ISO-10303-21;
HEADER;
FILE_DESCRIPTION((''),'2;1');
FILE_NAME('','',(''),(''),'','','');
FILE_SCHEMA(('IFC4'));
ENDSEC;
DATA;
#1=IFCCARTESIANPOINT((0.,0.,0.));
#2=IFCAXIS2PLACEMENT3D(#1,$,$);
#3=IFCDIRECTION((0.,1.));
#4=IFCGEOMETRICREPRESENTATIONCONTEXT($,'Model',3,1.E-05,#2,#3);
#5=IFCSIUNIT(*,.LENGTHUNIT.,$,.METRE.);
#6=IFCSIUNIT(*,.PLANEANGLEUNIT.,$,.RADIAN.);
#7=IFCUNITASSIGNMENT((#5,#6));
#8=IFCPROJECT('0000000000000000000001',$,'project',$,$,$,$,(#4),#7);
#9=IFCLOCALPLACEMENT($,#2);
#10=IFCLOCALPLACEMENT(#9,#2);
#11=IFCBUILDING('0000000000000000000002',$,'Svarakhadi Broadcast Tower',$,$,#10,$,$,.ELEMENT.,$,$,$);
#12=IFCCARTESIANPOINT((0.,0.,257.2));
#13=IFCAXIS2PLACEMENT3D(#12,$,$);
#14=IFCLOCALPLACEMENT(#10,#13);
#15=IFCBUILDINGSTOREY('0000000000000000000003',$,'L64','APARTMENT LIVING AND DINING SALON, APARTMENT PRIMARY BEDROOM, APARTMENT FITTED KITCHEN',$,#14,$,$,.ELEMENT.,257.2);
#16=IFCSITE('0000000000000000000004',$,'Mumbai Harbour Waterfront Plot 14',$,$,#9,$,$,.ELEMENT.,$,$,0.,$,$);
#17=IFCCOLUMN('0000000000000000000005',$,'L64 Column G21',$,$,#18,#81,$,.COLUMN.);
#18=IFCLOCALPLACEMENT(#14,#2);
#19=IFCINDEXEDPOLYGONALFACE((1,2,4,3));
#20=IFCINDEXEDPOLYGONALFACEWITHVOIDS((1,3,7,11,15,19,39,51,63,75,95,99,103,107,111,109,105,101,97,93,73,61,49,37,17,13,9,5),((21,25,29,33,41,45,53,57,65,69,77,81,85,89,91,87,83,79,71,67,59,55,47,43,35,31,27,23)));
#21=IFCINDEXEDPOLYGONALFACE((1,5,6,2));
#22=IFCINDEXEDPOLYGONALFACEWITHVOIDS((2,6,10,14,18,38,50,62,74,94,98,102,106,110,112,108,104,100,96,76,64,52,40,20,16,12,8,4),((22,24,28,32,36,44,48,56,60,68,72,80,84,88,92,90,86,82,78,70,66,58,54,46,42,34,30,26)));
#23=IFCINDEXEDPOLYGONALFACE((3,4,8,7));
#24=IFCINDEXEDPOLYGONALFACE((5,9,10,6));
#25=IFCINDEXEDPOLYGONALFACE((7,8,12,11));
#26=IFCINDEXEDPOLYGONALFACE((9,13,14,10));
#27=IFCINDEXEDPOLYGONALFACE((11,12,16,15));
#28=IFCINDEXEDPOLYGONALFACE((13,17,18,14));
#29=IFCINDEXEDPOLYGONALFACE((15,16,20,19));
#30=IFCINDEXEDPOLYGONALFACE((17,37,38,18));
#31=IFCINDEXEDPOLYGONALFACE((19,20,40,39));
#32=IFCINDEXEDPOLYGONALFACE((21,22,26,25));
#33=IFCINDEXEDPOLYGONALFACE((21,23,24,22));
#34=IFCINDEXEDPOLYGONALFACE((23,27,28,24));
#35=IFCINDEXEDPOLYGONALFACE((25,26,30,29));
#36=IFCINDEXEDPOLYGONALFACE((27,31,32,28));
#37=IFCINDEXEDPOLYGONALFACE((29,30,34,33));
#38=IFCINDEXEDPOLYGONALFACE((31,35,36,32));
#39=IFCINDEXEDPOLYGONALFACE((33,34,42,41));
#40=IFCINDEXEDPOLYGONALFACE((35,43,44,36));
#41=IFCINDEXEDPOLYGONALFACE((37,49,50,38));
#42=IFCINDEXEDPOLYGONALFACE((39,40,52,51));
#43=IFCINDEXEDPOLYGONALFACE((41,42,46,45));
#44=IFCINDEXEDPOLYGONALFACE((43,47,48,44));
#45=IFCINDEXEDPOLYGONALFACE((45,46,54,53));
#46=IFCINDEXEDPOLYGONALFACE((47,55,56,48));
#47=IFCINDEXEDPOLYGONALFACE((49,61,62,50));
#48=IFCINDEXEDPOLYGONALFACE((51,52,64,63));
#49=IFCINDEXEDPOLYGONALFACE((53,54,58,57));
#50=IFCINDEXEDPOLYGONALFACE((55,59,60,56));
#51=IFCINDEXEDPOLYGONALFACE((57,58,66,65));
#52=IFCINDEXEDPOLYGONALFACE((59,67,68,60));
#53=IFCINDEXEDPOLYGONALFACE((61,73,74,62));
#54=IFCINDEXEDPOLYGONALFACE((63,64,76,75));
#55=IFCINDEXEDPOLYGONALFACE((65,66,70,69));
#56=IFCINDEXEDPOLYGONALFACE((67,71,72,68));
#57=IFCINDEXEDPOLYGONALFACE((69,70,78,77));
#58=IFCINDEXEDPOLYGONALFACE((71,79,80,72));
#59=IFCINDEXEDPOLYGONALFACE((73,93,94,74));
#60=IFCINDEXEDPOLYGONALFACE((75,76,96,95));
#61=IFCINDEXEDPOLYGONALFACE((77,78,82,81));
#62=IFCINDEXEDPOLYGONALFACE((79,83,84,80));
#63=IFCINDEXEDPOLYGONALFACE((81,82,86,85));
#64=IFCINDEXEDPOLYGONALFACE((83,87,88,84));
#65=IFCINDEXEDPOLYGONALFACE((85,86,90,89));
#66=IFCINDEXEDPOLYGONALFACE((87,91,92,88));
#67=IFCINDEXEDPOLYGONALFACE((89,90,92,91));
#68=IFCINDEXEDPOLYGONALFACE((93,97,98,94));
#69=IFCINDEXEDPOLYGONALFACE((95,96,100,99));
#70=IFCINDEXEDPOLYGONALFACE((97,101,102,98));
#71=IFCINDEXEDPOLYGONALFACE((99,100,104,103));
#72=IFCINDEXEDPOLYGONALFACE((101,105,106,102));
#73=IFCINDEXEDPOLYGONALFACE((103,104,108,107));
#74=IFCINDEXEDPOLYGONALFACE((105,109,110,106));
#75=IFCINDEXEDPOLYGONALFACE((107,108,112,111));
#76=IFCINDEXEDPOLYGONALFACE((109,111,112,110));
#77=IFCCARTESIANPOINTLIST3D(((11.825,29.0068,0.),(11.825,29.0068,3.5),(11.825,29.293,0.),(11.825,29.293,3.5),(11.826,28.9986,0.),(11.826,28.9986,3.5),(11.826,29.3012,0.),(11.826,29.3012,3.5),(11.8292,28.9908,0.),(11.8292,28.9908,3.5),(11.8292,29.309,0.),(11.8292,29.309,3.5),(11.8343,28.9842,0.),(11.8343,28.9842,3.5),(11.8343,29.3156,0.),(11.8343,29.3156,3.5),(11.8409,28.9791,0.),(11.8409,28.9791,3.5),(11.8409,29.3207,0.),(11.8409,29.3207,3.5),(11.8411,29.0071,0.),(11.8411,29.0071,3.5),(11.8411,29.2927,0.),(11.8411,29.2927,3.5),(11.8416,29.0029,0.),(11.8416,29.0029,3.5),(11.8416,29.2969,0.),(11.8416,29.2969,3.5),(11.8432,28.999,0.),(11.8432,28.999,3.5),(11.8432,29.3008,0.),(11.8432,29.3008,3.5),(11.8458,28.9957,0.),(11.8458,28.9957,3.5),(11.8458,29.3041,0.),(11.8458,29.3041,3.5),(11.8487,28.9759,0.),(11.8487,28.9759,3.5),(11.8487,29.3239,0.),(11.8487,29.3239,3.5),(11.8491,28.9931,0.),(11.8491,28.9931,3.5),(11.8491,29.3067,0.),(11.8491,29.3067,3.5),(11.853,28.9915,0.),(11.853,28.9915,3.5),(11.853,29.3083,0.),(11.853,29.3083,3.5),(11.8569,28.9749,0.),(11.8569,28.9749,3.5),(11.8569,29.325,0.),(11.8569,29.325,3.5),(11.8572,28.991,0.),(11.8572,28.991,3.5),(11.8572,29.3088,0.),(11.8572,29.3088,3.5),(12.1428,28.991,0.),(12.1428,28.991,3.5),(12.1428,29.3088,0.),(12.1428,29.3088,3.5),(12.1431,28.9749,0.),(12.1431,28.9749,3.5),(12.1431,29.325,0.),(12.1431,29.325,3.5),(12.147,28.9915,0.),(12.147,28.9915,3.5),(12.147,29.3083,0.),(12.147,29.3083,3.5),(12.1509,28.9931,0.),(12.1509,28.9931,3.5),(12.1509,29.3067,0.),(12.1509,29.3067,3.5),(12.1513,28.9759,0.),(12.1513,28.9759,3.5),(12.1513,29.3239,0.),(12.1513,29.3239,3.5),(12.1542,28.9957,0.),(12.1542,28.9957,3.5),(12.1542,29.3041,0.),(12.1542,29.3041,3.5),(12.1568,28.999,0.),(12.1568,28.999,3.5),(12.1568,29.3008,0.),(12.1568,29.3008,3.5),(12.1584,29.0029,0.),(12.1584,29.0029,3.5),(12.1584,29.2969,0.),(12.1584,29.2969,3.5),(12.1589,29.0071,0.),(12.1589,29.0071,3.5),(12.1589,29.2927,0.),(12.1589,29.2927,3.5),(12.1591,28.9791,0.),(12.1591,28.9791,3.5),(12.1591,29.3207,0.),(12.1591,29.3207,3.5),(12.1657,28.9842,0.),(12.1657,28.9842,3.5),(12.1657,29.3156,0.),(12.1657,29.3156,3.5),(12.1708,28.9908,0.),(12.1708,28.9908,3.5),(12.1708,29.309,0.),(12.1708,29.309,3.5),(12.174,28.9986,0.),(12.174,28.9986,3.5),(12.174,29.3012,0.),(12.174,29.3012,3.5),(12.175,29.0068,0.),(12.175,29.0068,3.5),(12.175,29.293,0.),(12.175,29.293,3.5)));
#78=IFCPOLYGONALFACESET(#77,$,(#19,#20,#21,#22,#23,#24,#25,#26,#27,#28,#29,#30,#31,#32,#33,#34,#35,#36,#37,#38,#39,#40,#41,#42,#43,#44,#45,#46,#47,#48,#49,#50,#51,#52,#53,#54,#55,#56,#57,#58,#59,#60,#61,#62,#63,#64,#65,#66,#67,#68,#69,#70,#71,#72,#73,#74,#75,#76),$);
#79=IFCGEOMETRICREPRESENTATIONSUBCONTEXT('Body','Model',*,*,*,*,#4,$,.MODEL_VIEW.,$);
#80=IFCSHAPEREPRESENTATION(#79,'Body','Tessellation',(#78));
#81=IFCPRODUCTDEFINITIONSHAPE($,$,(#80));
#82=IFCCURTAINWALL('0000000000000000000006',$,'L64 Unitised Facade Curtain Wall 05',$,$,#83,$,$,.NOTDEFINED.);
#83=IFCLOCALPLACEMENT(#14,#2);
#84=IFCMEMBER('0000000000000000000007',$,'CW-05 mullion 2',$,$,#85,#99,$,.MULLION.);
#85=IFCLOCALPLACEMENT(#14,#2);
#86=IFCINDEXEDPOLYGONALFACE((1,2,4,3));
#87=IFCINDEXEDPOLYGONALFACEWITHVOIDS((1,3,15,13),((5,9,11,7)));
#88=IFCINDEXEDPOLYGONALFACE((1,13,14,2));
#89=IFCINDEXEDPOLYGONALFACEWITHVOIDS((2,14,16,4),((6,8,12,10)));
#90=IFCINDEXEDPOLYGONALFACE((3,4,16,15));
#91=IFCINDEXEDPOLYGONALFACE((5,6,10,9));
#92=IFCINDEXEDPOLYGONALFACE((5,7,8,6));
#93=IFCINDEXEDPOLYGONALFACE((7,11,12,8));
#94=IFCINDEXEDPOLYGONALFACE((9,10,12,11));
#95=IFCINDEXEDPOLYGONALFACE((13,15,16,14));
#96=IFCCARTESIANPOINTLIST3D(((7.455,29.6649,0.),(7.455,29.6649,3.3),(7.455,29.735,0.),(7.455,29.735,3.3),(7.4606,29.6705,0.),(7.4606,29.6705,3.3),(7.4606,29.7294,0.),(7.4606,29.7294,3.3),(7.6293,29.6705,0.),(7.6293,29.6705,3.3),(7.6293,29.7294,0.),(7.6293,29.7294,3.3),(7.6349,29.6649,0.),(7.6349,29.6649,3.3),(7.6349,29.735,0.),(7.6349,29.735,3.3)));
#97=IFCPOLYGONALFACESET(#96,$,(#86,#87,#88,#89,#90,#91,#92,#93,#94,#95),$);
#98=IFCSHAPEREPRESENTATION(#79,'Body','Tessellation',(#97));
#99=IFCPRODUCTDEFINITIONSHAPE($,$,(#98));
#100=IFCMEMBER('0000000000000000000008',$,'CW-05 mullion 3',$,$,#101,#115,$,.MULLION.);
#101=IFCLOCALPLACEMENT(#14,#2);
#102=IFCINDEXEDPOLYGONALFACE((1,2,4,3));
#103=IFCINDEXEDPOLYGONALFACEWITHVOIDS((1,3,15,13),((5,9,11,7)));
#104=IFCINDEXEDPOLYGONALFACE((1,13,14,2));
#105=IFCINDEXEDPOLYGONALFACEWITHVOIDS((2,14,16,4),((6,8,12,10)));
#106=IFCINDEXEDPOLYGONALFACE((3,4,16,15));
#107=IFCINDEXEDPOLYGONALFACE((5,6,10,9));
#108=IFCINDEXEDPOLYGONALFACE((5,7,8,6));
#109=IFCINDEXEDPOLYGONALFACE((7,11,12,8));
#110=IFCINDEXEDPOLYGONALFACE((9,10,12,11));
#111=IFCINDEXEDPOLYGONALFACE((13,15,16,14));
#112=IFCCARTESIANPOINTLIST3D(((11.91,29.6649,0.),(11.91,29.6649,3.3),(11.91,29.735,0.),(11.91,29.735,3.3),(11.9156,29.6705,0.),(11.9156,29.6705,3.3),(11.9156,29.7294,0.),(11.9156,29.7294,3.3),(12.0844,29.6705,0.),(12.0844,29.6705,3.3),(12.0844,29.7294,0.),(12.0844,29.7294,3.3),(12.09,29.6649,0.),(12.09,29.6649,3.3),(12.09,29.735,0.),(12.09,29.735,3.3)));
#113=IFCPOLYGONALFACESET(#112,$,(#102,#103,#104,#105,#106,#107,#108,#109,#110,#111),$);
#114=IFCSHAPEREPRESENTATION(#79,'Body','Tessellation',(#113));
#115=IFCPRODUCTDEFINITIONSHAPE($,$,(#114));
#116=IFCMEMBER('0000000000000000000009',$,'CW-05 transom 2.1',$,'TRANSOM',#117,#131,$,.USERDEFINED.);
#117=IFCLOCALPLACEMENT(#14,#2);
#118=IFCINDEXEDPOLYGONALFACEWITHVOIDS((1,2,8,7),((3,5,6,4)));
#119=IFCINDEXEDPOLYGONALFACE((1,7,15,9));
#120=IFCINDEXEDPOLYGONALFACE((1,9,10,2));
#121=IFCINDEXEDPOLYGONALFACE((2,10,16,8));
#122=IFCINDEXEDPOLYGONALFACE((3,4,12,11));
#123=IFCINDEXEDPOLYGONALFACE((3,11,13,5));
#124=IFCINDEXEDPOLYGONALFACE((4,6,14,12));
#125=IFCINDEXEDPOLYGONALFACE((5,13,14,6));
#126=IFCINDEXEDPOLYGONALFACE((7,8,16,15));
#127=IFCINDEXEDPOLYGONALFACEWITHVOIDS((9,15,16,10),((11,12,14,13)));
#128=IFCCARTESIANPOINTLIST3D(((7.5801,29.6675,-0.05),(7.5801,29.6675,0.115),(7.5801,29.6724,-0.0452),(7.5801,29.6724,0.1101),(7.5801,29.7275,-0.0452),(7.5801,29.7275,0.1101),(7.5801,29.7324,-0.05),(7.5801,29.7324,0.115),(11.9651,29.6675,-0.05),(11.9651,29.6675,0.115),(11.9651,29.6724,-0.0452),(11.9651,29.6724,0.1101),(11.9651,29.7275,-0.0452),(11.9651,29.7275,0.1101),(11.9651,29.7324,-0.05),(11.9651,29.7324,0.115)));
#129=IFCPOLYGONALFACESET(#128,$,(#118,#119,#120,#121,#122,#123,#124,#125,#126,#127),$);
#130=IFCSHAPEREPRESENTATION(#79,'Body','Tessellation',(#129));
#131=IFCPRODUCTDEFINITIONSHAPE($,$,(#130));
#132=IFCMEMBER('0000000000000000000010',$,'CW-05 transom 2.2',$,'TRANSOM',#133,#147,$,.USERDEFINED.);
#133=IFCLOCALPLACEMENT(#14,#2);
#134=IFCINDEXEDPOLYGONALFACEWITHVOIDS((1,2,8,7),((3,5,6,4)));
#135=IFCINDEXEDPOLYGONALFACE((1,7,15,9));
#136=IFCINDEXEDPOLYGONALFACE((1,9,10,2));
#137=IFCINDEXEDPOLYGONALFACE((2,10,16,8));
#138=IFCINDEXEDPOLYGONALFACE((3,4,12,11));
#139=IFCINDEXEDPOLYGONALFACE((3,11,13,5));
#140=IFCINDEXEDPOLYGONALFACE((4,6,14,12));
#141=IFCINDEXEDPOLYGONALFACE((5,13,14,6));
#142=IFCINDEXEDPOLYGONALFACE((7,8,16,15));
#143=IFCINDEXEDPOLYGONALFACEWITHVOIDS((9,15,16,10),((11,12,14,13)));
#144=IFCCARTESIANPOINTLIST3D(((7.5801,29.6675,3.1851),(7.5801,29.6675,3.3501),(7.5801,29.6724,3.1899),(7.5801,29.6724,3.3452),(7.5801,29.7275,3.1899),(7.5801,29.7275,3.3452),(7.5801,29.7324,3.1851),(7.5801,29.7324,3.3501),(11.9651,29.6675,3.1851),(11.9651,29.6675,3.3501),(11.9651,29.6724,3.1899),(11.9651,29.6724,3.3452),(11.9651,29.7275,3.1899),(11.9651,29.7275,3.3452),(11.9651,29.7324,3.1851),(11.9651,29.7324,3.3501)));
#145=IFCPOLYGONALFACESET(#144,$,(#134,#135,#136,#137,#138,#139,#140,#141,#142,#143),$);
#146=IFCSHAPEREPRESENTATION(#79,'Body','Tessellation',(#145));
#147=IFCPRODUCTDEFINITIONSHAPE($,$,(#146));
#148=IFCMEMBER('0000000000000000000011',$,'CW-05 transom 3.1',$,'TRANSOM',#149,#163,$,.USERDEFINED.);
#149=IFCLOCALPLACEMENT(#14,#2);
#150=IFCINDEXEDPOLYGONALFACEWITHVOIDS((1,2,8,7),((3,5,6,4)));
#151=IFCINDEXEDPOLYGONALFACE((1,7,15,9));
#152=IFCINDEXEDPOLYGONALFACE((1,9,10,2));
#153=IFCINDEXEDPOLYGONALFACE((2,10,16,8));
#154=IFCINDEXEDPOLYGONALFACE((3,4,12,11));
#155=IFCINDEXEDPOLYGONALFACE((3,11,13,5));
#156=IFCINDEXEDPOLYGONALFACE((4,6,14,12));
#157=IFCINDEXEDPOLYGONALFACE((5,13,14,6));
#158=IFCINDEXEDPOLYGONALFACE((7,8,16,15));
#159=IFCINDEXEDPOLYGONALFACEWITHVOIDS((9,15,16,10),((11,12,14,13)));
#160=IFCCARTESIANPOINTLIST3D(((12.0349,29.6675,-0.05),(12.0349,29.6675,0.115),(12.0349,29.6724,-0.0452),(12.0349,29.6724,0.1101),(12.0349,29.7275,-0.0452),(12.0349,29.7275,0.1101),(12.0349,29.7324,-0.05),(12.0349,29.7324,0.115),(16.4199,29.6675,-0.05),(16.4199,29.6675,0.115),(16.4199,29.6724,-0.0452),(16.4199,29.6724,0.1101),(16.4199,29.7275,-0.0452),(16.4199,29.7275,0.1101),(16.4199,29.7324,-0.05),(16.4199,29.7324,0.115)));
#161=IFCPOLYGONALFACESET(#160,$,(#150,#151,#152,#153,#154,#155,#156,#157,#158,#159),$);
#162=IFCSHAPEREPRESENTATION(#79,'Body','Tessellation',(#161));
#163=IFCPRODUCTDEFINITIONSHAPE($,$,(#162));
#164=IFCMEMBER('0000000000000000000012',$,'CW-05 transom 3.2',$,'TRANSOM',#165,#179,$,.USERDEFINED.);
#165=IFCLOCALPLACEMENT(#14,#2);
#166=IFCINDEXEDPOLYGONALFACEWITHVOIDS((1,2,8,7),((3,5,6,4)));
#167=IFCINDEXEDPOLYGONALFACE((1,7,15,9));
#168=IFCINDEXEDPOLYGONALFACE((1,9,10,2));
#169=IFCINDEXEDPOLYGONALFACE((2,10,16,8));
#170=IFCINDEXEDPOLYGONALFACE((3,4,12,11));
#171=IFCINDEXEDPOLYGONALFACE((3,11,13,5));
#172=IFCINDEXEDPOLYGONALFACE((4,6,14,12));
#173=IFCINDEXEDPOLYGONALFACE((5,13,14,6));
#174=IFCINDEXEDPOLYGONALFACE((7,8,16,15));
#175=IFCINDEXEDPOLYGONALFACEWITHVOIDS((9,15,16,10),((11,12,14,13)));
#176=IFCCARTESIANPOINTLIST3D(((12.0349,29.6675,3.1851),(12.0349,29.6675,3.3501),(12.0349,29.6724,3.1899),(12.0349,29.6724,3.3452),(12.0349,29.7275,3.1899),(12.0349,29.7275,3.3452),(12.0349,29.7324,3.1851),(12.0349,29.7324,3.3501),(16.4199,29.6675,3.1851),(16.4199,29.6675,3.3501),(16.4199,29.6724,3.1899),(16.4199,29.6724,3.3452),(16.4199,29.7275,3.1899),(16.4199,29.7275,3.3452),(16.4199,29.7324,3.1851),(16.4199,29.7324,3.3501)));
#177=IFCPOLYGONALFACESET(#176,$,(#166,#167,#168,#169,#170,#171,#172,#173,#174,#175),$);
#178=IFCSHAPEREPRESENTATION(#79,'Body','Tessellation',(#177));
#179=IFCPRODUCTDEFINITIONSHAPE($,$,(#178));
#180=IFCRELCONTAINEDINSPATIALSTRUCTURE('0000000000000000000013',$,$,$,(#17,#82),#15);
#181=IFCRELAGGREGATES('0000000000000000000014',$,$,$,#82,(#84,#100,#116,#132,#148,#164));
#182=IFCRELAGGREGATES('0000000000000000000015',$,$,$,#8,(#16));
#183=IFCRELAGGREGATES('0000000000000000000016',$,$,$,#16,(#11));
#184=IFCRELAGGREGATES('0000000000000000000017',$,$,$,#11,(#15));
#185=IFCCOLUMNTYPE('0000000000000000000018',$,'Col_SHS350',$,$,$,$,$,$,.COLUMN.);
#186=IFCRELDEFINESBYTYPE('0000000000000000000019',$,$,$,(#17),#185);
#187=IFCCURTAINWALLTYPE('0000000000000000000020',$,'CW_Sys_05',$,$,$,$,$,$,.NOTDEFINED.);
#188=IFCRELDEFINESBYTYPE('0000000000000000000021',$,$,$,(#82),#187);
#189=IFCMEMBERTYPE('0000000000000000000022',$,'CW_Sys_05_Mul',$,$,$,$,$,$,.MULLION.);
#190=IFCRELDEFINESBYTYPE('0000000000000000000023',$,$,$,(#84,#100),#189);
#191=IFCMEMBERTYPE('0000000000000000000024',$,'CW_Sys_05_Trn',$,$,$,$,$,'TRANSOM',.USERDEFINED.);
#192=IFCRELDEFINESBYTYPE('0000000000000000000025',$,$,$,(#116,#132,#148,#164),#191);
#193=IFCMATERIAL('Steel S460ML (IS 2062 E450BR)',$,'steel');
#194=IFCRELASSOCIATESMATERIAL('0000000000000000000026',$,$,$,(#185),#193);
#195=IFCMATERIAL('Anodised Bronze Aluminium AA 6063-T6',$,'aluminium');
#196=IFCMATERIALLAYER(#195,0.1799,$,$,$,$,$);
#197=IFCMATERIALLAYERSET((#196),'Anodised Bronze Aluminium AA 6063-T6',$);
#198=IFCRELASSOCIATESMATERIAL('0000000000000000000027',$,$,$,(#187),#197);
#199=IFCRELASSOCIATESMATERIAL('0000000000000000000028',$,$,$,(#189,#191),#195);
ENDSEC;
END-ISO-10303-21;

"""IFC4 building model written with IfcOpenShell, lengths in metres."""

from ifc_helpers import new_model, si_unit, direction, frame, origin, origin_2d, place, context, subcontext, project, spatial, hollow_rectangle, extrude, material, layer, layer_set, material_profile, profile_set, type_object, element, aggregate, save


model = new_model("IFC4")

# Units and contexts
model_context = context("Model", 3, precision=1e-05, world=origin(), true_north=direction((0.0, 1.0)))
body_context = subcontext(model_context, "Body", "Model", "MODEL_VIEW")
ifc_project = project(units=[si_unit("LENGTHUNIT", "METRE"), si_unit("PLANEANGLEUNIT", "RADIAN")], contexts=[model_context])

# Site, building, storey
site_placement = place(None, origin())
site = spatial("IfcSite", under=ifc_project, at=site_placement, Name="Mumbai Harbour Waterfront Plot 14", CompositionType="ELEMENT", RefElevation=0.0)
building_placement = place(site_placement, origin())
building = spatial("IfcBuilding", under=site, at=building_placement, Name="Svarakhadi Broadcast Tower", CompositionType="ELEMENT")
storey_placement = place(building_placement, frame((0.0, 0.0, 257.2)))
storey = spatial("IfcBuildingStorey", under=building, at=storey_placement, Name="L64", Description="APARTMENT LIVING AND DINING SALON, APARTMENT PRIMARY BEDROOM, APARTMENT FITTED KITCHEN", CompositionType="ELEMENT", Elevation=257.2)

# Column
ifc_material_1 = material(Name="Steel S460ML (IS 2062 E450BR)", Category="steel")
ifc_material_profile_1 = material_profile(ifc_material_1, hollow_rectangle(XDim=0.3501, YDim=0.3501, WallThickness=0.0161, InnerFilletRadius=0.0161, OuterFilletRadius=0.032, at=origin_2d()), Name="SHS 350x350x16")
ifc_profile_set_1 = profile_set([ifc_material_profile_1], Name="Steel S460ML (IS 2062 E450BR)")
column_type = type_object("IfcColumnType", Name="Col_SHS350", PredefinedType="COLUMN", material=ifc_profile_set_1)
column_placement = place(storey_placement, frame((12.0, 29.1499, 0.0), z_axis=(0.0, 0.0, 1.0), x_axis=(1.0, 0.0, 0.0)))
element("IfcColumn", 1, at=column_placement, inside=storey, type_object=column_type, Name="L64 Column G21", PredefinedType="COLUMN", context=body_context, shape_type="SweptSolid", body=[
    extrude(hollow_rectangle(XDim=0.3501, YDim=0.3501, WallThickness=0.0161, InnerFilletRadius=0.0161, OuterFilletRadius=0.032, at=origin_2d()), origin(), (0.0, 0.0, 1.0), 3.5),
])

# Curtain wall, members
ifc_material_2 = material(Name="Anodised Bronze Aluminium AA 6063-T6", Category="aluminium")
ifc_layer_1 = layer(ifc_material_2, 0.1799)
ifc_layer_set_1 = layer_set([ifc_layer_1], Name="Anodised Bronze Aluminium AA 6063-T6")
curtain_wall_type = type_object("IfcCurtainWallType", Name="CW_Sys_05", PredefinedType="NOTDEFINED", material=ifc_layer_set_1)
curtain_wall_placement = place(storey_placement, origin())
curtain_wall = element("IfcCurtainWall", 2, at=curtain_wall_placement, inside=storey, type_object=curtain_wall_type, Name="L64 Unitised Facade Curtain Wall 05", PredefinedType="NOTDEFINED")
ifc_material_profile_2 = material_profile(ifc_material_2, hollow_rectangle(XDim=0.0701, YDim=0.1799, WallThickness=0.0056, at=origin_2d()), Name="ALU MULLION 180x70x6")
ifc_profile_set_2 = profile_set([ifc_material_profile_2], Name="Anodised Bronze Aluminium AA 6063-T6")
member_type_1 = type_object("IfcMemberType", Name="CW_Sys_05_Mul", PredefinedType="MULLION", material=ifc_profile_set_2)
member_1_placement = place(storey_placement, frame((7.5449, 29.7, 0.0), z_axis=(0.0, 0.0, 1.0), x_axis=(0.0, 1.0, 0.0)))
member_1 = element("IfcMember", 3, at=member_1_placement, type_object=member_type_1, Name="CW-05 mullion 2", PredefinedType="MULLION", context=body_context, shape_type="SweptSolid", body=[
    extrude(hollow_rectangle(XDim=0.0701, YDim=0.1799, WallThickness=0.0056, at=origin_2d()), origin(), (0.0, 0.0, 1.0), 3.3),
])
member_2_placement = place(storey_placement, frame((12.0, 29.7, 0.0), z_axis=(0.0, 0.0, 1.0), x_axis=(0.0, 1.0, 0.0)))
member_2 = element("IfcMember", 4, at=member_2_placement, type_object=member_type_1, Name="CW-05 mullion 3", PredefinedType="MULLION", context=body_context, shape_type="SweptSolid", body=[
    extrude(hollow_rectangle(XDim=0.0701, YDim=0.1799, WallThickness=0.0056, at=origin_2d()), origin(), (0.0, 0.0, 1.0), 3.3),
])
ifc_material_profile_3 = material_profile(ifc_material_2, hollow_rectangle(XDim=0.0649, YDim=0.165, WallThickness=0.0049, at=origin_2d()), Name="ALU TRANSOM 165x65x5")
ifc_profile_set_3 = profile_set([ifc_material_profile_3], Name="Anodised Bronze Aluminium AA 6063-T6")
member_type_2 = type_object("IfcMemberType", Name="CW_Sys_05_Trn", ElementType="TRANSOM", PredefinedType="USERDEFINED", material=ifc_profile_set_3)
member_3_placement = place(storey_placement, frame((7.5801, 29.7, 0.0325), z_axis=(1.0, 0.0, 0.0), x_axis=(0.0, 1.0, 0.0)))
member_3 = element("IfcMember", 5, at=member_3_placement, type_object=member_type_2, Name="CW-05 transom 2.1", ObjectType="TRANSOM", PredefinedType="USERDEFINED", context=body_context, shape_type="SweptSolid", body=[
    extrude(hollow_rectangle(XDim=0.0649, YDim=0.165, WallThickness=0.0049, at=origin_2d()), origin(), (0.0, 0.0, 1.0), 4.385),
])
member_4_placement = place(storey_placement, frame((7.5801, 29.7, 3.2676), z_axis=(1.0, 0.0, 0.0), x_axis=(0.0, 1.0, 0.0)))
member_4 = element("IfcMember", 6, at=member_4_placement, type_object=member_type_2, Name="CW-05 transom 2.2", ObjectType="TRANSOM", PredefinedType="USERDEFINED", context=body_context, shape_type="SweptSolid", body=[
    extrude(hollow_rectangle(XDim=0.0649, YDim=0.165, WallThickness=0.0049, at=origin_2d()), origin(), (0.0, 0.0, 1.0), 4.385),
])
member_5_placement = place(storey_placement, frame((12.0349, 29.7, 0.0325), z_axis=(1.0, 0.0, 0.0), x_axis=(0.0, 1.0, 0.0)))
member_5 = element("IfcMember", 7, at=member_5_placement, type_object=member_type_2, Name="CW-05 transom 3.1", ObjectType="TRANSOM", PredefinedType="USERDEFINED", context=body_context, shape_type="SweptSolid", body=[
    extrude(hollow_rectangle(XDim=0.0649, YDim=0.165, WallThickness=0.0049, at=origin_2d()), origin(), (0.0, 0.0, 1.0), 4.385),
])
member_6_placement = place(storey_placement, frame((12.0349, 29.7, 3.2676), z_axis=(1.0, 0.0, 0.0), x_axis=(0.0, 1.0, 0.0)))
member_6 = element("IfcMember", 8, at=member_6_placement, type_object=member_type_2, Name="CW-05 transom 3.2", ObjectType="TRANSOM", PredefinedType="USERDEFINED", context=body_context, shape_type="SweptSolid", body=[
    extrude(hollow_rectangle(XDim=0.0649, YDim=0.165, WallThickness=0.0049, at=origin_2d()), origin(), (0.0, 0.0, 1.0), 4.385),
])

aggregate(curtain_wall, [member_1, member_2, member_3, member_4, member_5, member_6])

save(model, "model.ifc")
